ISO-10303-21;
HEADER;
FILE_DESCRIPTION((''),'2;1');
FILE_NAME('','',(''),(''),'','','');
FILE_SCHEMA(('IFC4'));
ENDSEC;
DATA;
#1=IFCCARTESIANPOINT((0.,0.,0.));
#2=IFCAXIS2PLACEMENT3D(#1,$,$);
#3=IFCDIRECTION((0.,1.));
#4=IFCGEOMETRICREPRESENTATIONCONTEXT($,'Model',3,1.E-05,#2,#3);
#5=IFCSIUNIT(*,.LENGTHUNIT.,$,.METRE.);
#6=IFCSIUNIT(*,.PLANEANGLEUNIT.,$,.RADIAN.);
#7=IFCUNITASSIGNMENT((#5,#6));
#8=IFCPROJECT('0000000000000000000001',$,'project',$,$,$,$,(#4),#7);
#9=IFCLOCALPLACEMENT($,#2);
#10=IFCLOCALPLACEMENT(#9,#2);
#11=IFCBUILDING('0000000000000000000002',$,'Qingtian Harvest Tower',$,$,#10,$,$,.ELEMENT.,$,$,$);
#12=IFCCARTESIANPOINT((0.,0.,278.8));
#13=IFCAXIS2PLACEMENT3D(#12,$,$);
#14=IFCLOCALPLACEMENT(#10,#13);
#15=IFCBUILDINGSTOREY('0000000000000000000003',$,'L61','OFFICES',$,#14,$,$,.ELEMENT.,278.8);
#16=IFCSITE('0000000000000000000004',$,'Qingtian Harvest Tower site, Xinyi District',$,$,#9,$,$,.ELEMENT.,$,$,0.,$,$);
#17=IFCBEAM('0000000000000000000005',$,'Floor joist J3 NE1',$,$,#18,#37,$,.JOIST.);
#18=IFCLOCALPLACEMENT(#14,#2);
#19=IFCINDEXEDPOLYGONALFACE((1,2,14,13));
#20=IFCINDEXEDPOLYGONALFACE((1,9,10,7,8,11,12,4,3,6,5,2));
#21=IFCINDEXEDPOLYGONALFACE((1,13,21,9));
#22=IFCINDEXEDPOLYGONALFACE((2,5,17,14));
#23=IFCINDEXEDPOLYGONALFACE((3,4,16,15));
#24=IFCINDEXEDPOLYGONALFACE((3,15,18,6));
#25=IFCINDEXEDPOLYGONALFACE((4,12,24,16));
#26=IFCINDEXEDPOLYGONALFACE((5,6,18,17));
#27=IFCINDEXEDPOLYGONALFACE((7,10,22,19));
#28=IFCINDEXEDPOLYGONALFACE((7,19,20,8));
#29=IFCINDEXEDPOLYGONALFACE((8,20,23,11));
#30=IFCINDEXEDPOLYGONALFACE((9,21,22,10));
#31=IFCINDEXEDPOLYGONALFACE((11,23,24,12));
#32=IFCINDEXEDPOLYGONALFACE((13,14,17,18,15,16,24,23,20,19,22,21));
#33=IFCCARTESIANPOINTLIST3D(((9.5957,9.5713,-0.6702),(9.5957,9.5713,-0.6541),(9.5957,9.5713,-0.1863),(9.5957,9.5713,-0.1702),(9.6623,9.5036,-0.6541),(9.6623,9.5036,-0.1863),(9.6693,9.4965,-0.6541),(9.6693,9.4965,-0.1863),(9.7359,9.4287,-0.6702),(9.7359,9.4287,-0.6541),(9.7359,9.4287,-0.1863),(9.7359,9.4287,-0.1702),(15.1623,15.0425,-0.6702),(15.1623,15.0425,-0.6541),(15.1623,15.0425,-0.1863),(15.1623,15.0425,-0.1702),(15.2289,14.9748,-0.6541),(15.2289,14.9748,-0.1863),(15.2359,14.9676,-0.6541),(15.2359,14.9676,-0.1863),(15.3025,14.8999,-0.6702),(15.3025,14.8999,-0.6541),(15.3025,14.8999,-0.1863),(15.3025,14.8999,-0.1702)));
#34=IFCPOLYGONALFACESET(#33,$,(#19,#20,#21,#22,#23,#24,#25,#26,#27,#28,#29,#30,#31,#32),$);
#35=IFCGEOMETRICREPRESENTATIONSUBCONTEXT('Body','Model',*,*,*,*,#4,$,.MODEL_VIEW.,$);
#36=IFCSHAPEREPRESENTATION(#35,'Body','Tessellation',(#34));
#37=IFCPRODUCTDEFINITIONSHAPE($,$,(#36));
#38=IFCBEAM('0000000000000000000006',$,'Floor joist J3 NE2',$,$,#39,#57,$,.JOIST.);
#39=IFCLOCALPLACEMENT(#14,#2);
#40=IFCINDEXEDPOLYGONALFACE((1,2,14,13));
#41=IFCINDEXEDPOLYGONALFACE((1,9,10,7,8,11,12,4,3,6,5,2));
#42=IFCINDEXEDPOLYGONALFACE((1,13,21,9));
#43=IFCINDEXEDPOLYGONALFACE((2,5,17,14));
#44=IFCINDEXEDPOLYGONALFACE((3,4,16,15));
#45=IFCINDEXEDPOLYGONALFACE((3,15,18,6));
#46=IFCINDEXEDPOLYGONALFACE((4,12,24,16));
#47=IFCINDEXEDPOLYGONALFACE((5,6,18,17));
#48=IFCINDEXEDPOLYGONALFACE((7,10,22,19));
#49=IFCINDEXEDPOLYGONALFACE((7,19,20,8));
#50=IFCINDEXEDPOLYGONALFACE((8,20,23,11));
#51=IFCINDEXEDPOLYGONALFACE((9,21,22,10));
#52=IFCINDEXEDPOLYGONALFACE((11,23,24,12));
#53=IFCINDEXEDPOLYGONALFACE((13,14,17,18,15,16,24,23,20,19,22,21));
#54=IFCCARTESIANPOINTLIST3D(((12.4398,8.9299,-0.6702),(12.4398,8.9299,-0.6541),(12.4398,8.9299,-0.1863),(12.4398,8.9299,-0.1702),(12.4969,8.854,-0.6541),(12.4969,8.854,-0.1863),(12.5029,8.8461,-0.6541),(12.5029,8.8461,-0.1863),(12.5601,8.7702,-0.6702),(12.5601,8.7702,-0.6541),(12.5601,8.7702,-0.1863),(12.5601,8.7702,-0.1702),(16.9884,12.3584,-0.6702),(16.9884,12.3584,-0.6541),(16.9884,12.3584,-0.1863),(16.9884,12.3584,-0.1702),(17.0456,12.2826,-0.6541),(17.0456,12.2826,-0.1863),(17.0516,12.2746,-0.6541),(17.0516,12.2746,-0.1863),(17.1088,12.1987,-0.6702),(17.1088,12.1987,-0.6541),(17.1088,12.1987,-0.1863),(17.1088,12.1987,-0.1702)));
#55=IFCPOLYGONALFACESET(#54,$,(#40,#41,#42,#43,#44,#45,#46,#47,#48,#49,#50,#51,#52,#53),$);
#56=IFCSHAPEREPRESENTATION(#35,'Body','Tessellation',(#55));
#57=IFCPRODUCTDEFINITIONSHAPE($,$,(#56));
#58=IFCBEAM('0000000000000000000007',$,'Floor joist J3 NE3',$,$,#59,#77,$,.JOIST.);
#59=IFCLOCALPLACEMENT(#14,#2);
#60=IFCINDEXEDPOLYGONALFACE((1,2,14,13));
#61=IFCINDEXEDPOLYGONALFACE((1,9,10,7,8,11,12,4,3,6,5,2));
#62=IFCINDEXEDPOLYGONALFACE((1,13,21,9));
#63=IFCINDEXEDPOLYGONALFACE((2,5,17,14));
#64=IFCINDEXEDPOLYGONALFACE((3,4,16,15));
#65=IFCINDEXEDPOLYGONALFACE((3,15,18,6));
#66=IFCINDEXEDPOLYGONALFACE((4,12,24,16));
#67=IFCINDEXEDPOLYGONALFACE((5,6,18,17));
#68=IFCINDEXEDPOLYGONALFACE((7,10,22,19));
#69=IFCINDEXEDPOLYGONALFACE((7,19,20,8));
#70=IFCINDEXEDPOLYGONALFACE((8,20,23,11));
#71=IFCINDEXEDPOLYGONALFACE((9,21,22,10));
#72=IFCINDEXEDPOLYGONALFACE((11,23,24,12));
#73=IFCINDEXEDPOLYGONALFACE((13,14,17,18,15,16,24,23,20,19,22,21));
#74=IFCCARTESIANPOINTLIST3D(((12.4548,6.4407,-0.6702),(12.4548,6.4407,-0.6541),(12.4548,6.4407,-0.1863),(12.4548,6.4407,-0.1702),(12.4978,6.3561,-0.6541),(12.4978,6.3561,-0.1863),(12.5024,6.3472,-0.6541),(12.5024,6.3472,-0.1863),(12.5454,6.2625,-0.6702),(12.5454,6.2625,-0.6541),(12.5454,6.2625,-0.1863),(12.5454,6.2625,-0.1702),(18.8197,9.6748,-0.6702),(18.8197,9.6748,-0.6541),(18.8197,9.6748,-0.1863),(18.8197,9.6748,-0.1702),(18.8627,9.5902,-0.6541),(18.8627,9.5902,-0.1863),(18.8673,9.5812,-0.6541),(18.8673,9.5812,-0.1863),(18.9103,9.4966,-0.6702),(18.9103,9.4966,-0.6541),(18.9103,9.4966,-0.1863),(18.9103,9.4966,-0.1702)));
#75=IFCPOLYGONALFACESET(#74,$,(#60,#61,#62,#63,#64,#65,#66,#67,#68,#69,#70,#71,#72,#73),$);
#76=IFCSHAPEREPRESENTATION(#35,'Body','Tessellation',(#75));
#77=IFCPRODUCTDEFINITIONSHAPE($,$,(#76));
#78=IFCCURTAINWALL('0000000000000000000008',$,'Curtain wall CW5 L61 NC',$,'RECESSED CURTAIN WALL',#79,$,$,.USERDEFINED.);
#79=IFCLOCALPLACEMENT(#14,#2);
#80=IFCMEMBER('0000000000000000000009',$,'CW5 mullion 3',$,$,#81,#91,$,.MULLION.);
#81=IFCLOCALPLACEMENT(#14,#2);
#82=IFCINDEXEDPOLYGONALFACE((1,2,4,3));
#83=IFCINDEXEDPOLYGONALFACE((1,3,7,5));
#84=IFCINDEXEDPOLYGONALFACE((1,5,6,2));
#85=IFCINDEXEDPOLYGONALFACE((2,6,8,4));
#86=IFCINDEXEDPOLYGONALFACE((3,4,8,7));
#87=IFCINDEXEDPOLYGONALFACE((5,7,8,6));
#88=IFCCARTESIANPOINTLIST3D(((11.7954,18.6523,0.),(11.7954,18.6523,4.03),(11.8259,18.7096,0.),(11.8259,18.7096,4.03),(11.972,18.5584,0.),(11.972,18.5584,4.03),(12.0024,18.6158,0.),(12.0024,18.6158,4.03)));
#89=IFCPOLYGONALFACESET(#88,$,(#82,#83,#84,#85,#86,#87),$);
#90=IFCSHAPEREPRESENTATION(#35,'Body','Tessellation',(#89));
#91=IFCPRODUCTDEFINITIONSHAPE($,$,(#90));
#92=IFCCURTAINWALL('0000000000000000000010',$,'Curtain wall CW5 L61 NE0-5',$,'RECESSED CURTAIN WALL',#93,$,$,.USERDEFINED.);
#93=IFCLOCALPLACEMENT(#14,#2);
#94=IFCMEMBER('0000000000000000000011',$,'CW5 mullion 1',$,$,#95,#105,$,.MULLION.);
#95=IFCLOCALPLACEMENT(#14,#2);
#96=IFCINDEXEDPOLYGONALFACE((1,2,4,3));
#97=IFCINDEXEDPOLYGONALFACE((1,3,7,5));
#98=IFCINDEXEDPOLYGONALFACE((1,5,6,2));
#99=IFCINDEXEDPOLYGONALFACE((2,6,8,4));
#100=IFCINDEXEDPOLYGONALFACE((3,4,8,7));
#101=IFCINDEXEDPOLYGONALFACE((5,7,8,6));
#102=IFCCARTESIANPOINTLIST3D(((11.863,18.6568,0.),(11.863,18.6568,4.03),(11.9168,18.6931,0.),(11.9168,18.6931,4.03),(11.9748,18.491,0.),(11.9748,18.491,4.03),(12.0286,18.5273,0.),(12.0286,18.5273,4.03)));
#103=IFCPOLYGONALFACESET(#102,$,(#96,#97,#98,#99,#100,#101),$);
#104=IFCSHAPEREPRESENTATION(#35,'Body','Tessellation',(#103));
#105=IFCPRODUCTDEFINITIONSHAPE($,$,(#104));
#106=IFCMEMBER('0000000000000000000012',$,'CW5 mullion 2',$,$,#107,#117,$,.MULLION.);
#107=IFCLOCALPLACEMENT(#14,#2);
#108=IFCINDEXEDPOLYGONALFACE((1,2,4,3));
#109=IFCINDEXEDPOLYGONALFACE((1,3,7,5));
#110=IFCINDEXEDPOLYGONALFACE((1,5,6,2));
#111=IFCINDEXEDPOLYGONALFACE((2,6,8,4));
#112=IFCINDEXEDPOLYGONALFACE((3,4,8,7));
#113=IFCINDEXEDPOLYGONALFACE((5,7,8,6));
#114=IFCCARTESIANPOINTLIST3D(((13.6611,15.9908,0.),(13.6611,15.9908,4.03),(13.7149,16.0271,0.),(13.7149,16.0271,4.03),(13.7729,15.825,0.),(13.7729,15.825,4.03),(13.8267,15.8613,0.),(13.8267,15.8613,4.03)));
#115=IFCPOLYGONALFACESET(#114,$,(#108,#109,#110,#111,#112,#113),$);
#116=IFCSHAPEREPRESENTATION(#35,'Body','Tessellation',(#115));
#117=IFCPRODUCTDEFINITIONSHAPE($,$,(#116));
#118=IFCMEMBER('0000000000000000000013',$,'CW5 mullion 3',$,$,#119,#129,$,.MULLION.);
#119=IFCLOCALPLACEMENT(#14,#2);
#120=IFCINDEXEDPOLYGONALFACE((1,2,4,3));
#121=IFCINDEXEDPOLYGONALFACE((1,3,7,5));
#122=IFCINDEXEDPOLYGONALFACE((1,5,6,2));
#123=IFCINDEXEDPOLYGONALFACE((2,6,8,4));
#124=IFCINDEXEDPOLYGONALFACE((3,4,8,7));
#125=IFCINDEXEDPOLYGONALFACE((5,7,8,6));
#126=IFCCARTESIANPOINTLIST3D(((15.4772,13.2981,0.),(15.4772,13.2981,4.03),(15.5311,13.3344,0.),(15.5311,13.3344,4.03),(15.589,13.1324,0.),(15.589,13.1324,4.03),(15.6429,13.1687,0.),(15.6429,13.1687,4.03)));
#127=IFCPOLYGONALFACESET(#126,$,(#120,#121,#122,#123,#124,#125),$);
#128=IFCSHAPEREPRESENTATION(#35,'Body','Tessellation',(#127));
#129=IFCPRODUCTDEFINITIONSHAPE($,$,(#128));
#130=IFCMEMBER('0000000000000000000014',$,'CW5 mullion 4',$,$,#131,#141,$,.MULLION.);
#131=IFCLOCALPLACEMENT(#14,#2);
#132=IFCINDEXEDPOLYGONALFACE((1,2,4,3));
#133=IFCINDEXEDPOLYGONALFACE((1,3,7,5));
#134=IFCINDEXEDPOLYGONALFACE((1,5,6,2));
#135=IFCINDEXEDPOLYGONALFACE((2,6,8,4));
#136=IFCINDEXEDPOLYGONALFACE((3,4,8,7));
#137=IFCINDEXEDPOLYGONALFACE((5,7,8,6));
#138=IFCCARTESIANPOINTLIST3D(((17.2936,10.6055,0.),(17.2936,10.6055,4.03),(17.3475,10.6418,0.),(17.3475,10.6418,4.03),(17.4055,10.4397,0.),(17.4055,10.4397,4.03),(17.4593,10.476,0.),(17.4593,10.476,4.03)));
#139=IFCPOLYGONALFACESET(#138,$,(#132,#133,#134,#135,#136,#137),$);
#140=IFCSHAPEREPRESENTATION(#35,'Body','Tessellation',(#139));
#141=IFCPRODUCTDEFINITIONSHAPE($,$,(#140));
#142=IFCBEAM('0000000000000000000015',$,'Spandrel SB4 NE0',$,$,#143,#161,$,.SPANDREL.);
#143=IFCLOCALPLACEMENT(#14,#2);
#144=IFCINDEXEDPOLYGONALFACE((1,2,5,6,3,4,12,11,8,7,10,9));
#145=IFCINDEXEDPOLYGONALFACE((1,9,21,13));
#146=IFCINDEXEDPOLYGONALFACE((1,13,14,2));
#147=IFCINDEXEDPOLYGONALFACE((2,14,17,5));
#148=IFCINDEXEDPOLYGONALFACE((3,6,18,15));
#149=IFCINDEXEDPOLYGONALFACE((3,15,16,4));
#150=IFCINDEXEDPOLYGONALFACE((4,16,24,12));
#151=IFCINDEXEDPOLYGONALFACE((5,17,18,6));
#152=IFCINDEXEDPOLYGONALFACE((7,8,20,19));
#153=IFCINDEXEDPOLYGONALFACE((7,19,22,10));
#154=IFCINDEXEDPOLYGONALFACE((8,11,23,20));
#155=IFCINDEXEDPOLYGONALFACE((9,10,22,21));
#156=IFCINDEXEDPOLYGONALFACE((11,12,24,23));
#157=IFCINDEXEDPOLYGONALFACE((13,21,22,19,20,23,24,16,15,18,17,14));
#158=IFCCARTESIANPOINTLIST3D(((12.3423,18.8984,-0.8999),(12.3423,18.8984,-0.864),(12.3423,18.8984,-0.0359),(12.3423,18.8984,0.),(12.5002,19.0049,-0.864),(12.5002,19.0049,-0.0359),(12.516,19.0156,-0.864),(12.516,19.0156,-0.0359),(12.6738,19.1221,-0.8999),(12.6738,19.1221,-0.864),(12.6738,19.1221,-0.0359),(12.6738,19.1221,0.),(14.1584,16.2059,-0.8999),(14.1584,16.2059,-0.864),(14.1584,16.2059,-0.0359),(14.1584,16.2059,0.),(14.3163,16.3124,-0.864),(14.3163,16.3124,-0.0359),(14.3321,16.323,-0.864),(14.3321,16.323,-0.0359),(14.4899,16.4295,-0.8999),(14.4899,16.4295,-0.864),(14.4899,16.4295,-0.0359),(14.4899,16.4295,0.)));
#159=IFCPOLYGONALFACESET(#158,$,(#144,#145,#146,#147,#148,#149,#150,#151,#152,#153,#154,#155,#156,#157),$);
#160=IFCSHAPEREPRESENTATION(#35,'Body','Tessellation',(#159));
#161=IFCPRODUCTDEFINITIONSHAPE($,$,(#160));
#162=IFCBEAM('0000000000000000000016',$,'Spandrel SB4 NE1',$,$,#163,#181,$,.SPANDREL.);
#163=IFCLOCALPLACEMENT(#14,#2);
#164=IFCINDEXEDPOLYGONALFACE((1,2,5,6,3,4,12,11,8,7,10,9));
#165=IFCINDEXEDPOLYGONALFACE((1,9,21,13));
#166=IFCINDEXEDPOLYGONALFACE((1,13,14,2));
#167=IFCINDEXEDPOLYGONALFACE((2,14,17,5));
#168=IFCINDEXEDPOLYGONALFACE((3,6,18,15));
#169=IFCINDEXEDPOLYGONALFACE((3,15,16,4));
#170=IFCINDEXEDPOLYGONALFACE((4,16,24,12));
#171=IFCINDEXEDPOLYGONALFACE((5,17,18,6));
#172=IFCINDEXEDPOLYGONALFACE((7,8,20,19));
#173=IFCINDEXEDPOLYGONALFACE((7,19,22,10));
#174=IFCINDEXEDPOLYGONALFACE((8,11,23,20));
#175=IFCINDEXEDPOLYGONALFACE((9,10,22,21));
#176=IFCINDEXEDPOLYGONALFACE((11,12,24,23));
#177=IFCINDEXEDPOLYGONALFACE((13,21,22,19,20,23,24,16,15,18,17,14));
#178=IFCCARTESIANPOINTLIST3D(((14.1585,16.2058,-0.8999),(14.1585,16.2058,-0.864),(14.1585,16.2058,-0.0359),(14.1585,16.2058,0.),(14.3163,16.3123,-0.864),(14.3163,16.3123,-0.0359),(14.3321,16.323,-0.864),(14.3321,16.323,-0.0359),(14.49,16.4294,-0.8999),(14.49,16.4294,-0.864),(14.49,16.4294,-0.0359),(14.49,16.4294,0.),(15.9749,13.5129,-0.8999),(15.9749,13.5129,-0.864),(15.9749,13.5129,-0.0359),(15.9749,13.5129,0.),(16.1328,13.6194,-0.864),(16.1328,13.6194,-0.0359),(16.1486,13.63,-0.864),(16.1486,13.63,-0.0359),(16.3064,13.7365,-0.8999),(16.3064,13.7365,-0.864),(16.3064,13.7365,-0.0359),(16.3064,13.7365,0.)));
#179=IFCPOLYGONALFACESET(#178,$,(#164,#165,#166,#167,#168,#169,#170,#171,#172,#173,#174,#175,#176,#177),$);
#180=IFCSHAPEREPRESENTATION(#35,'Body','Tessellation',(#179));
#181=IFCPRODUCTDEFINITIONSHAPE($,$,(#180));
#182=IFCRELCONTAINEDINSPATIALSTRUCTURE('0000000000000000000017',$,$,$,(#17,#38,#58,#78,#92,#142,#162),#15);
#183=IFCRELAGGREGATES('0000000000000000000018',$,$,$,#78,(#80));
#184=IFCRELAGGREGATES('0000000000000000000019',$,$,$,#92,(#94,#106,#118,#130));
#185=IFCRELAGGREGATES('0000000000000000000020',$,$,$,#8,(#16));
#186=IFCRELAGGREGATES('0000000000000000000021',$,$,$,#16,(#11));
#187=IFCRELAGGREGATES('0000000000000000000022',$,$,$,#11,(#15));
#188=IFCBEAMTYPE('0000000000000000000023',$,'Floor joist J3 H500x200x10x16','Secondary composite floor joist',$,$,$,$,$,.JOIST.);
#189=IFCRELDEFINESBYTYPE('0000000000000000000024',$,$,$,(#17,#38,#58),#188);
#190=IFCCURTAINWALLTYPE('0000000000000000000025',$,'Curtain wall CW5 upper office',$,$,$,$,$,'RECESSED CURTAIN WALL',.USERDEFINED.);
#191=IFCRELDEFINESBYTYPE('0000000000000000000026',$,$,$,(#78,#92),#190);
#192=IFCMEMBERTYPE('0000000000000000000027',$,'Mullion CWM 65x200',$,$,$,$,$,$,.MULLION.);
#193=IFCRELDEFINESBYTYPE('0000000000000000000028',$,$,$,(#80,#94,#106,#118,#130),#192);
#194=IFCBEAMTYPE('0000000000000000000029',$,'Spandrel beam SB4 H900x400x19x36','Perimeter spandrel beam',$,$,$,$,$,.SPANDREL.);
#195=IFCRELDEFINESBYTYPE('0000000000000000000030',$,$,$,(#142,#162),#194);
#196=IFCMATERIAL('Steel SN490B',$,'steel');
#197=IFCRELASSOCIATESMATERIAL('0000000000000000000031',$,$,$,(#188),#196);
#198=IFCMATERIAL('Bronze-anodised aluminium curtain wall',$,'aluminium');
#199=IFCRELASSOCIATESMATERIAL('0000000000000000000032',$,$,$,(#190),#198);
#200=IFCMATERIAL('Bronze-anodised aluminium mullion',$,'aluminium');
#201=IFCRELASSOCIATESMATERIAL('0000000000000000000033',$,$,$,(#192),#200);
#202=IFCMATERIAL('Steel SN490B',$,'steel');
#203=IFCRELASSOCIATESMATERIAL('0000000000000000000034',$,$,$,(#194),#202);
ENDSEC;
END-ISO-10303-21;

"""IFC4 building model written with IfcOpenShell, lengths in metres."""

from ifc_helpers import new_model, si_unit, direction, frame, origin, origin_2d, place, context, subcontext, project, spatial, rectangle, i_section, extrude, material, material_profile, profile_set, type_object, element, aggregate, save


model = new_model("IFC4")

# Units and contexts
model_context = context("Model", 3, precision=1e-05, world=origin(), true_north=direction((0.0, 1.0)))
body_context = subcontext(model_context, "Body", "Model", "MODEL_VIEW")
ifc_project = project(units=[si_unit("LENGTHUNIT", "METRE"), si_unit("PLANEANGLEUNIT", "RADIAN")], contexts=[model_context])

# Site, building, storey
site_placement = place(None, origin())
site = spatial("IfcSite", under=ifc_project, at=site_placement, Name="Qingtian Harvest Tower site, Xinyi District", CompositionType="ELEMENT", RefElevation=0.0)
building_placement = place(site_placement, origin())
building = spatial("IfcBuilding", under=site, at=building_placement, Name="Qingtian Harvest Tower", CompositionType="ELEMENT")
storey_placement = place(building_placement, frame((0.0, 0.0, 278.8)))
storey = spatial("IfcBuildingStorey", under=building, at=storey_placement, Name="L61", Description="OFFICES", CompositionType="ELEMENT", Elevation=278.8)

# Beams
ifc_material_1 = material(Name="Steel SN490B", Category="steel")
ifc_material_profile_1 = material_profile(ifc_material_1, i_section(OverallWidth=0.2, OverallDepth=0.5, WebThickness=0.01, FlangeThickness=0.0161, at=origin_2d()), Name="H500x200x10x16")
ifc_profile_set_1 = profile_set([ifc_material_profile_1], Name="Steel SN490B")
beam_type_1 = type_object("IfcBeamType", Name="Floor joist J3 H500x200x10x16", Description="Secondary composite floor joist", PredefinedType="JOIST", material=ifc_profile_set_1)
beam_1_placement = place(storey_placement, frame((15.2324, 14.9712, -0.4202), z_axis=(-0.713195, -0.700965, 0.0), x_axis=(0.700965, -0.713195, 0.0)))
element("IfcBeam", 1, at=beam_1_placement, inside=storey, type_object=beam_type_1, Name="Floor joist J3 NE1", PredefinedType="JOIST", context=body_context, shape_type="SweptSolid", body=[
    extrude(i_section(OverallWidth=0.2, OverallDepth=0.5, WebThickness=0.01, FlangeThickness=0.0161, at=origin_2d()), origin(), (0.0, 0.0, 1.0), 7.8052),
])
beam_2_placement = place(storey_placement, frame((17.0486, 12.2786, -0.4202), z_axis=(-0.798563, -0.601912, 0.0), x_axis=(0.601912, -0.798563, 0.0)))
element("IfcBeam", 2, at=beam_2_placement, inside=storey, type_object=beam_type_1, Name="Floor joist J3 NE2", PredefinedType="JOIST", context=body_context, shape_type="SweptSolid", body=[
    extrude(i_section(OverallWidth=0.2, OverallDepth=0.5, WebThickness=0.01, FlangeThickness=0.0161, at=origin_2d()), origin(), (0.0, 0.0, 1.0), 5.696),
])
beam_3_placement = place(storey_placement, frame((18.865, 9.5857, -0.4202), z_axis=(-0.891516, -0.45299, 0.0), x_axis=(0.45299, -0.891516, 0.0)))
element("IfcBeam", 3, at=beam_3_placement, inside=storey, type_object=beam_type_1, Name="Floor joist J3 NE3", PredefinedType="JOIST", context=body_context, shape_type="SweptSolid", body=[
    extrude(i_section(OverallWidth=0.2, OverallDepth=0.5, WebThickness=0.01, FlangeThickness=0.0161, at=origin_2d()), origin(), (0.0, 0.0, 1.0), 7.1394),
])

# Curtain wall, member
ifc_material_2 = material(Name="Bronze-anodised aluminium curtain wall", Category="aluminium")
curtain_wall_type = type_object("IfcCurtainWallType", Name="Curtain wall CW5 upper office", ElementType="RECESSED CURTAIN WALL", PredefinedType="USERDEFINED", material=ifc_material_2)
curtain_wall_1_placement = place(storey_placement, origin())
curtain_wall_1 = element("IfcCurtainWall", 4, at=curtain_wall_1_placement, inside=storey, type_object=curtain_wall_type, Name="Curtain wall CW5 L61 NC", ObjectType="RECESSED CURTAIN WALL", PredefinedType="USERDEFINED")
ifc_material_3 = material(Name="Bronze-anodised aluminium mullion", Category="aluminium")
ifc_material_profile_2 = material_profile(ifc_material_3, rectangle(XDim=0.0649, YDim=0.2, at=origin_2d()), Name="AL 65x200")
ifc_profile_set_2 = profile_set([ifc_material_profile_2], Name="Bronze-anodised aluminium mullion")
member_type_1 = type_object("IfcMemberType", Name="Mullion CWM 65x200", PredefinedType="MULLION", material=ifc_profile_set_2)
member_1_placement = place(storey_placement, frame((11.8989, 18.634, 0.0), z_axis=(0.0, 0.0, 1.0), x_axis=(0.469472, 0.882948, 0.0)))
member_1 = element("IfcMember", 5, at=member_1_placement, type_object=member_type_1, Name="CW5 mullion 3", PredefinedType="MULLION", context=body_context, shape_type="SweptSolid", body=[
    extrude(rectangle(XDim=0.0649, YDim=0.2, at=origin_2d()), origin(), (0.0, 0.0, 1.0), 4.03),
])
aggregate(curtain_wall_1, [member_1])

# Curtain wall, members
curtain_wall_2_placement = place(storey_placement, origin())
curtain_wall_2 = element("IfcCurtainWall", 6, at=curtain_wall_2_placement, inside=storey, type_object=curtain_wall_type, Name="Curtain wall CW5 L61 NE0-5", ObjectType="RECESSED CURTAIN WALL", PredefinedType="USERDEFINED")
member_2_placement = place(storey_placement, frame((11.9458, 18.592, 0.0), z_axis=(0.0, 0.0, 1.0), x_axis=(0.829038, 0.559193, 0.0)))
member_2 = element("IfcMember", 7, at=member_2_placement, type_object=member_type_1, Name="CW5 mullion 1", PredefinedType="MULLION", context=body_context, shape_type="SweptSolid", body=[
    extrude(rectangle(XDim=0.0649, YDim=0.2, at=origin_2d()), origin(), (0.0, 0.0, 1.0), 4.03),
])
member_3_placement = place(storey_placement, frame((13.7439, 15.926, 0.0), z_axis=(0.0, 0.0, 1.0), x_axis=(0.829038, 0.559193, 0.0)))
member_3 = element("IfcMember", 8, at=member_3_placement, type_object=member_type_1, Name="CW5 mullion 2", PredefinedType="MULLION", context=body_context, shape_type="SweptSolid", body=[
    extrude(rectangle(XDim=0.0649, YDim=0.2, at=origin_2d()), origin(), (0.0, 0.0, 1.0), 4.03),
])
member_4_placement = place(storey_placement, frame((15.5601, 13.2334, 0.0), z_axis=(0.0, 0.0, 1.0), x_axis=(0.829038, 0.559193, 0.0)))
member_4 = element("IfcMember", 9, at=member_4_placement, type_object=member_type_1, Name="CW5 mullion 3", PredefinedType="MULLION", context=body_context, shape_type="SweptSolid", body=[
    extrude(rectangle(XDim=0.0649, YDim=0.2, at=origin_2d()), origin(), (0.0, 0.0, 1.0), 4.03),
])
member_5_placement = place(storey_placement, frame((17.3765, 10.5408, 0.0), z_axis=(0.0, 0.0, 1.0), x_axis=(0.829038, 0.559193, 0.0)))
member_5 = element("IfcMember", 10, at=member_5_placement, type_object=member_type_1, Name="CW5 mullion 4", PredefinedType="MULLION", context=body_context, shape_type="SweptSolid", body=[
    extrude(rectangle(XDim=0.0649, YDim=0.2, at=origin_2d()), origin(), (0.0, 0.0, 1.0), 4.03),
])

# Beams
ifc_material_4 = material(Name="Steel SN490B", Category="steel")
ifc_material_profile_3 = material_profile(ifc_material_4, i_section(OverallWidth=0.3999, OverallDepth=0.8999, WebThickness=0.019, FlangeThickness=0.0359, at=origin_2d()), Name="H900x400x19x36")
ifc_profile_set_3 = profile_set([ifc_material_profile_3], Name="Steel SN490B")
beam_type_2 = type_object("IfcBeamType", Name="Spandrel beam SB4 H900x400x19x36", Description="Perimeter spandrel beam", PredefinedType="SPANDREL", material=ifc_profile_set_3)
beam_4_placement = place(storey_placement, frame((12.5081, 19.0103, -0.45), z_axis=(0.559185, -0.829043, 0.0), x_axis=(0.829043, 0.559185, 0.0)))
element("IfcBeam", 11, at=beam_4_placement, inside=storey, type_object=beam_type_2, Name="Spandrel SB4 NE0", PredefinedType="SPANDREL", context=body_context, shape_type="SweptSolid", body=[
    extrude(i_section(OverallWidth=0.3999, OverallDepth=0.8999, WebThickness=0.019, FlangeThickness=0.0359, at=origin_2d()), origin(), (0.0, 0.0, 1.0), 3.2478),
])
beam_5_placement = place(storey_placement, frame((14.3242, 16.3176, -0.45), z_axis=(0.559202, -0.829032, 0.0), x_axis=(0.829032, 0.559202, 0.0)))
element("IfcBeam", 12, at=beam_5_placement, inside=storey, type_object=beam_type_2, Name="Spandrel SB4 NE1", PredefinedType="SPANDREL", context=body_context, shape_type="SweptSolid", body=[
    extrude(i_section(OverallWidth=0.3999, OverallDepth=0.8999, WebThickness=0.019, FlangeThickness=0.0359, at=origin_2d()), origin(), (0.0, 0.0, 1.0), 3.2483),
])

aggregate(curtain_wall_2, [member_2, member_3, member_4, member_5])

save(model, "model.ifc")
